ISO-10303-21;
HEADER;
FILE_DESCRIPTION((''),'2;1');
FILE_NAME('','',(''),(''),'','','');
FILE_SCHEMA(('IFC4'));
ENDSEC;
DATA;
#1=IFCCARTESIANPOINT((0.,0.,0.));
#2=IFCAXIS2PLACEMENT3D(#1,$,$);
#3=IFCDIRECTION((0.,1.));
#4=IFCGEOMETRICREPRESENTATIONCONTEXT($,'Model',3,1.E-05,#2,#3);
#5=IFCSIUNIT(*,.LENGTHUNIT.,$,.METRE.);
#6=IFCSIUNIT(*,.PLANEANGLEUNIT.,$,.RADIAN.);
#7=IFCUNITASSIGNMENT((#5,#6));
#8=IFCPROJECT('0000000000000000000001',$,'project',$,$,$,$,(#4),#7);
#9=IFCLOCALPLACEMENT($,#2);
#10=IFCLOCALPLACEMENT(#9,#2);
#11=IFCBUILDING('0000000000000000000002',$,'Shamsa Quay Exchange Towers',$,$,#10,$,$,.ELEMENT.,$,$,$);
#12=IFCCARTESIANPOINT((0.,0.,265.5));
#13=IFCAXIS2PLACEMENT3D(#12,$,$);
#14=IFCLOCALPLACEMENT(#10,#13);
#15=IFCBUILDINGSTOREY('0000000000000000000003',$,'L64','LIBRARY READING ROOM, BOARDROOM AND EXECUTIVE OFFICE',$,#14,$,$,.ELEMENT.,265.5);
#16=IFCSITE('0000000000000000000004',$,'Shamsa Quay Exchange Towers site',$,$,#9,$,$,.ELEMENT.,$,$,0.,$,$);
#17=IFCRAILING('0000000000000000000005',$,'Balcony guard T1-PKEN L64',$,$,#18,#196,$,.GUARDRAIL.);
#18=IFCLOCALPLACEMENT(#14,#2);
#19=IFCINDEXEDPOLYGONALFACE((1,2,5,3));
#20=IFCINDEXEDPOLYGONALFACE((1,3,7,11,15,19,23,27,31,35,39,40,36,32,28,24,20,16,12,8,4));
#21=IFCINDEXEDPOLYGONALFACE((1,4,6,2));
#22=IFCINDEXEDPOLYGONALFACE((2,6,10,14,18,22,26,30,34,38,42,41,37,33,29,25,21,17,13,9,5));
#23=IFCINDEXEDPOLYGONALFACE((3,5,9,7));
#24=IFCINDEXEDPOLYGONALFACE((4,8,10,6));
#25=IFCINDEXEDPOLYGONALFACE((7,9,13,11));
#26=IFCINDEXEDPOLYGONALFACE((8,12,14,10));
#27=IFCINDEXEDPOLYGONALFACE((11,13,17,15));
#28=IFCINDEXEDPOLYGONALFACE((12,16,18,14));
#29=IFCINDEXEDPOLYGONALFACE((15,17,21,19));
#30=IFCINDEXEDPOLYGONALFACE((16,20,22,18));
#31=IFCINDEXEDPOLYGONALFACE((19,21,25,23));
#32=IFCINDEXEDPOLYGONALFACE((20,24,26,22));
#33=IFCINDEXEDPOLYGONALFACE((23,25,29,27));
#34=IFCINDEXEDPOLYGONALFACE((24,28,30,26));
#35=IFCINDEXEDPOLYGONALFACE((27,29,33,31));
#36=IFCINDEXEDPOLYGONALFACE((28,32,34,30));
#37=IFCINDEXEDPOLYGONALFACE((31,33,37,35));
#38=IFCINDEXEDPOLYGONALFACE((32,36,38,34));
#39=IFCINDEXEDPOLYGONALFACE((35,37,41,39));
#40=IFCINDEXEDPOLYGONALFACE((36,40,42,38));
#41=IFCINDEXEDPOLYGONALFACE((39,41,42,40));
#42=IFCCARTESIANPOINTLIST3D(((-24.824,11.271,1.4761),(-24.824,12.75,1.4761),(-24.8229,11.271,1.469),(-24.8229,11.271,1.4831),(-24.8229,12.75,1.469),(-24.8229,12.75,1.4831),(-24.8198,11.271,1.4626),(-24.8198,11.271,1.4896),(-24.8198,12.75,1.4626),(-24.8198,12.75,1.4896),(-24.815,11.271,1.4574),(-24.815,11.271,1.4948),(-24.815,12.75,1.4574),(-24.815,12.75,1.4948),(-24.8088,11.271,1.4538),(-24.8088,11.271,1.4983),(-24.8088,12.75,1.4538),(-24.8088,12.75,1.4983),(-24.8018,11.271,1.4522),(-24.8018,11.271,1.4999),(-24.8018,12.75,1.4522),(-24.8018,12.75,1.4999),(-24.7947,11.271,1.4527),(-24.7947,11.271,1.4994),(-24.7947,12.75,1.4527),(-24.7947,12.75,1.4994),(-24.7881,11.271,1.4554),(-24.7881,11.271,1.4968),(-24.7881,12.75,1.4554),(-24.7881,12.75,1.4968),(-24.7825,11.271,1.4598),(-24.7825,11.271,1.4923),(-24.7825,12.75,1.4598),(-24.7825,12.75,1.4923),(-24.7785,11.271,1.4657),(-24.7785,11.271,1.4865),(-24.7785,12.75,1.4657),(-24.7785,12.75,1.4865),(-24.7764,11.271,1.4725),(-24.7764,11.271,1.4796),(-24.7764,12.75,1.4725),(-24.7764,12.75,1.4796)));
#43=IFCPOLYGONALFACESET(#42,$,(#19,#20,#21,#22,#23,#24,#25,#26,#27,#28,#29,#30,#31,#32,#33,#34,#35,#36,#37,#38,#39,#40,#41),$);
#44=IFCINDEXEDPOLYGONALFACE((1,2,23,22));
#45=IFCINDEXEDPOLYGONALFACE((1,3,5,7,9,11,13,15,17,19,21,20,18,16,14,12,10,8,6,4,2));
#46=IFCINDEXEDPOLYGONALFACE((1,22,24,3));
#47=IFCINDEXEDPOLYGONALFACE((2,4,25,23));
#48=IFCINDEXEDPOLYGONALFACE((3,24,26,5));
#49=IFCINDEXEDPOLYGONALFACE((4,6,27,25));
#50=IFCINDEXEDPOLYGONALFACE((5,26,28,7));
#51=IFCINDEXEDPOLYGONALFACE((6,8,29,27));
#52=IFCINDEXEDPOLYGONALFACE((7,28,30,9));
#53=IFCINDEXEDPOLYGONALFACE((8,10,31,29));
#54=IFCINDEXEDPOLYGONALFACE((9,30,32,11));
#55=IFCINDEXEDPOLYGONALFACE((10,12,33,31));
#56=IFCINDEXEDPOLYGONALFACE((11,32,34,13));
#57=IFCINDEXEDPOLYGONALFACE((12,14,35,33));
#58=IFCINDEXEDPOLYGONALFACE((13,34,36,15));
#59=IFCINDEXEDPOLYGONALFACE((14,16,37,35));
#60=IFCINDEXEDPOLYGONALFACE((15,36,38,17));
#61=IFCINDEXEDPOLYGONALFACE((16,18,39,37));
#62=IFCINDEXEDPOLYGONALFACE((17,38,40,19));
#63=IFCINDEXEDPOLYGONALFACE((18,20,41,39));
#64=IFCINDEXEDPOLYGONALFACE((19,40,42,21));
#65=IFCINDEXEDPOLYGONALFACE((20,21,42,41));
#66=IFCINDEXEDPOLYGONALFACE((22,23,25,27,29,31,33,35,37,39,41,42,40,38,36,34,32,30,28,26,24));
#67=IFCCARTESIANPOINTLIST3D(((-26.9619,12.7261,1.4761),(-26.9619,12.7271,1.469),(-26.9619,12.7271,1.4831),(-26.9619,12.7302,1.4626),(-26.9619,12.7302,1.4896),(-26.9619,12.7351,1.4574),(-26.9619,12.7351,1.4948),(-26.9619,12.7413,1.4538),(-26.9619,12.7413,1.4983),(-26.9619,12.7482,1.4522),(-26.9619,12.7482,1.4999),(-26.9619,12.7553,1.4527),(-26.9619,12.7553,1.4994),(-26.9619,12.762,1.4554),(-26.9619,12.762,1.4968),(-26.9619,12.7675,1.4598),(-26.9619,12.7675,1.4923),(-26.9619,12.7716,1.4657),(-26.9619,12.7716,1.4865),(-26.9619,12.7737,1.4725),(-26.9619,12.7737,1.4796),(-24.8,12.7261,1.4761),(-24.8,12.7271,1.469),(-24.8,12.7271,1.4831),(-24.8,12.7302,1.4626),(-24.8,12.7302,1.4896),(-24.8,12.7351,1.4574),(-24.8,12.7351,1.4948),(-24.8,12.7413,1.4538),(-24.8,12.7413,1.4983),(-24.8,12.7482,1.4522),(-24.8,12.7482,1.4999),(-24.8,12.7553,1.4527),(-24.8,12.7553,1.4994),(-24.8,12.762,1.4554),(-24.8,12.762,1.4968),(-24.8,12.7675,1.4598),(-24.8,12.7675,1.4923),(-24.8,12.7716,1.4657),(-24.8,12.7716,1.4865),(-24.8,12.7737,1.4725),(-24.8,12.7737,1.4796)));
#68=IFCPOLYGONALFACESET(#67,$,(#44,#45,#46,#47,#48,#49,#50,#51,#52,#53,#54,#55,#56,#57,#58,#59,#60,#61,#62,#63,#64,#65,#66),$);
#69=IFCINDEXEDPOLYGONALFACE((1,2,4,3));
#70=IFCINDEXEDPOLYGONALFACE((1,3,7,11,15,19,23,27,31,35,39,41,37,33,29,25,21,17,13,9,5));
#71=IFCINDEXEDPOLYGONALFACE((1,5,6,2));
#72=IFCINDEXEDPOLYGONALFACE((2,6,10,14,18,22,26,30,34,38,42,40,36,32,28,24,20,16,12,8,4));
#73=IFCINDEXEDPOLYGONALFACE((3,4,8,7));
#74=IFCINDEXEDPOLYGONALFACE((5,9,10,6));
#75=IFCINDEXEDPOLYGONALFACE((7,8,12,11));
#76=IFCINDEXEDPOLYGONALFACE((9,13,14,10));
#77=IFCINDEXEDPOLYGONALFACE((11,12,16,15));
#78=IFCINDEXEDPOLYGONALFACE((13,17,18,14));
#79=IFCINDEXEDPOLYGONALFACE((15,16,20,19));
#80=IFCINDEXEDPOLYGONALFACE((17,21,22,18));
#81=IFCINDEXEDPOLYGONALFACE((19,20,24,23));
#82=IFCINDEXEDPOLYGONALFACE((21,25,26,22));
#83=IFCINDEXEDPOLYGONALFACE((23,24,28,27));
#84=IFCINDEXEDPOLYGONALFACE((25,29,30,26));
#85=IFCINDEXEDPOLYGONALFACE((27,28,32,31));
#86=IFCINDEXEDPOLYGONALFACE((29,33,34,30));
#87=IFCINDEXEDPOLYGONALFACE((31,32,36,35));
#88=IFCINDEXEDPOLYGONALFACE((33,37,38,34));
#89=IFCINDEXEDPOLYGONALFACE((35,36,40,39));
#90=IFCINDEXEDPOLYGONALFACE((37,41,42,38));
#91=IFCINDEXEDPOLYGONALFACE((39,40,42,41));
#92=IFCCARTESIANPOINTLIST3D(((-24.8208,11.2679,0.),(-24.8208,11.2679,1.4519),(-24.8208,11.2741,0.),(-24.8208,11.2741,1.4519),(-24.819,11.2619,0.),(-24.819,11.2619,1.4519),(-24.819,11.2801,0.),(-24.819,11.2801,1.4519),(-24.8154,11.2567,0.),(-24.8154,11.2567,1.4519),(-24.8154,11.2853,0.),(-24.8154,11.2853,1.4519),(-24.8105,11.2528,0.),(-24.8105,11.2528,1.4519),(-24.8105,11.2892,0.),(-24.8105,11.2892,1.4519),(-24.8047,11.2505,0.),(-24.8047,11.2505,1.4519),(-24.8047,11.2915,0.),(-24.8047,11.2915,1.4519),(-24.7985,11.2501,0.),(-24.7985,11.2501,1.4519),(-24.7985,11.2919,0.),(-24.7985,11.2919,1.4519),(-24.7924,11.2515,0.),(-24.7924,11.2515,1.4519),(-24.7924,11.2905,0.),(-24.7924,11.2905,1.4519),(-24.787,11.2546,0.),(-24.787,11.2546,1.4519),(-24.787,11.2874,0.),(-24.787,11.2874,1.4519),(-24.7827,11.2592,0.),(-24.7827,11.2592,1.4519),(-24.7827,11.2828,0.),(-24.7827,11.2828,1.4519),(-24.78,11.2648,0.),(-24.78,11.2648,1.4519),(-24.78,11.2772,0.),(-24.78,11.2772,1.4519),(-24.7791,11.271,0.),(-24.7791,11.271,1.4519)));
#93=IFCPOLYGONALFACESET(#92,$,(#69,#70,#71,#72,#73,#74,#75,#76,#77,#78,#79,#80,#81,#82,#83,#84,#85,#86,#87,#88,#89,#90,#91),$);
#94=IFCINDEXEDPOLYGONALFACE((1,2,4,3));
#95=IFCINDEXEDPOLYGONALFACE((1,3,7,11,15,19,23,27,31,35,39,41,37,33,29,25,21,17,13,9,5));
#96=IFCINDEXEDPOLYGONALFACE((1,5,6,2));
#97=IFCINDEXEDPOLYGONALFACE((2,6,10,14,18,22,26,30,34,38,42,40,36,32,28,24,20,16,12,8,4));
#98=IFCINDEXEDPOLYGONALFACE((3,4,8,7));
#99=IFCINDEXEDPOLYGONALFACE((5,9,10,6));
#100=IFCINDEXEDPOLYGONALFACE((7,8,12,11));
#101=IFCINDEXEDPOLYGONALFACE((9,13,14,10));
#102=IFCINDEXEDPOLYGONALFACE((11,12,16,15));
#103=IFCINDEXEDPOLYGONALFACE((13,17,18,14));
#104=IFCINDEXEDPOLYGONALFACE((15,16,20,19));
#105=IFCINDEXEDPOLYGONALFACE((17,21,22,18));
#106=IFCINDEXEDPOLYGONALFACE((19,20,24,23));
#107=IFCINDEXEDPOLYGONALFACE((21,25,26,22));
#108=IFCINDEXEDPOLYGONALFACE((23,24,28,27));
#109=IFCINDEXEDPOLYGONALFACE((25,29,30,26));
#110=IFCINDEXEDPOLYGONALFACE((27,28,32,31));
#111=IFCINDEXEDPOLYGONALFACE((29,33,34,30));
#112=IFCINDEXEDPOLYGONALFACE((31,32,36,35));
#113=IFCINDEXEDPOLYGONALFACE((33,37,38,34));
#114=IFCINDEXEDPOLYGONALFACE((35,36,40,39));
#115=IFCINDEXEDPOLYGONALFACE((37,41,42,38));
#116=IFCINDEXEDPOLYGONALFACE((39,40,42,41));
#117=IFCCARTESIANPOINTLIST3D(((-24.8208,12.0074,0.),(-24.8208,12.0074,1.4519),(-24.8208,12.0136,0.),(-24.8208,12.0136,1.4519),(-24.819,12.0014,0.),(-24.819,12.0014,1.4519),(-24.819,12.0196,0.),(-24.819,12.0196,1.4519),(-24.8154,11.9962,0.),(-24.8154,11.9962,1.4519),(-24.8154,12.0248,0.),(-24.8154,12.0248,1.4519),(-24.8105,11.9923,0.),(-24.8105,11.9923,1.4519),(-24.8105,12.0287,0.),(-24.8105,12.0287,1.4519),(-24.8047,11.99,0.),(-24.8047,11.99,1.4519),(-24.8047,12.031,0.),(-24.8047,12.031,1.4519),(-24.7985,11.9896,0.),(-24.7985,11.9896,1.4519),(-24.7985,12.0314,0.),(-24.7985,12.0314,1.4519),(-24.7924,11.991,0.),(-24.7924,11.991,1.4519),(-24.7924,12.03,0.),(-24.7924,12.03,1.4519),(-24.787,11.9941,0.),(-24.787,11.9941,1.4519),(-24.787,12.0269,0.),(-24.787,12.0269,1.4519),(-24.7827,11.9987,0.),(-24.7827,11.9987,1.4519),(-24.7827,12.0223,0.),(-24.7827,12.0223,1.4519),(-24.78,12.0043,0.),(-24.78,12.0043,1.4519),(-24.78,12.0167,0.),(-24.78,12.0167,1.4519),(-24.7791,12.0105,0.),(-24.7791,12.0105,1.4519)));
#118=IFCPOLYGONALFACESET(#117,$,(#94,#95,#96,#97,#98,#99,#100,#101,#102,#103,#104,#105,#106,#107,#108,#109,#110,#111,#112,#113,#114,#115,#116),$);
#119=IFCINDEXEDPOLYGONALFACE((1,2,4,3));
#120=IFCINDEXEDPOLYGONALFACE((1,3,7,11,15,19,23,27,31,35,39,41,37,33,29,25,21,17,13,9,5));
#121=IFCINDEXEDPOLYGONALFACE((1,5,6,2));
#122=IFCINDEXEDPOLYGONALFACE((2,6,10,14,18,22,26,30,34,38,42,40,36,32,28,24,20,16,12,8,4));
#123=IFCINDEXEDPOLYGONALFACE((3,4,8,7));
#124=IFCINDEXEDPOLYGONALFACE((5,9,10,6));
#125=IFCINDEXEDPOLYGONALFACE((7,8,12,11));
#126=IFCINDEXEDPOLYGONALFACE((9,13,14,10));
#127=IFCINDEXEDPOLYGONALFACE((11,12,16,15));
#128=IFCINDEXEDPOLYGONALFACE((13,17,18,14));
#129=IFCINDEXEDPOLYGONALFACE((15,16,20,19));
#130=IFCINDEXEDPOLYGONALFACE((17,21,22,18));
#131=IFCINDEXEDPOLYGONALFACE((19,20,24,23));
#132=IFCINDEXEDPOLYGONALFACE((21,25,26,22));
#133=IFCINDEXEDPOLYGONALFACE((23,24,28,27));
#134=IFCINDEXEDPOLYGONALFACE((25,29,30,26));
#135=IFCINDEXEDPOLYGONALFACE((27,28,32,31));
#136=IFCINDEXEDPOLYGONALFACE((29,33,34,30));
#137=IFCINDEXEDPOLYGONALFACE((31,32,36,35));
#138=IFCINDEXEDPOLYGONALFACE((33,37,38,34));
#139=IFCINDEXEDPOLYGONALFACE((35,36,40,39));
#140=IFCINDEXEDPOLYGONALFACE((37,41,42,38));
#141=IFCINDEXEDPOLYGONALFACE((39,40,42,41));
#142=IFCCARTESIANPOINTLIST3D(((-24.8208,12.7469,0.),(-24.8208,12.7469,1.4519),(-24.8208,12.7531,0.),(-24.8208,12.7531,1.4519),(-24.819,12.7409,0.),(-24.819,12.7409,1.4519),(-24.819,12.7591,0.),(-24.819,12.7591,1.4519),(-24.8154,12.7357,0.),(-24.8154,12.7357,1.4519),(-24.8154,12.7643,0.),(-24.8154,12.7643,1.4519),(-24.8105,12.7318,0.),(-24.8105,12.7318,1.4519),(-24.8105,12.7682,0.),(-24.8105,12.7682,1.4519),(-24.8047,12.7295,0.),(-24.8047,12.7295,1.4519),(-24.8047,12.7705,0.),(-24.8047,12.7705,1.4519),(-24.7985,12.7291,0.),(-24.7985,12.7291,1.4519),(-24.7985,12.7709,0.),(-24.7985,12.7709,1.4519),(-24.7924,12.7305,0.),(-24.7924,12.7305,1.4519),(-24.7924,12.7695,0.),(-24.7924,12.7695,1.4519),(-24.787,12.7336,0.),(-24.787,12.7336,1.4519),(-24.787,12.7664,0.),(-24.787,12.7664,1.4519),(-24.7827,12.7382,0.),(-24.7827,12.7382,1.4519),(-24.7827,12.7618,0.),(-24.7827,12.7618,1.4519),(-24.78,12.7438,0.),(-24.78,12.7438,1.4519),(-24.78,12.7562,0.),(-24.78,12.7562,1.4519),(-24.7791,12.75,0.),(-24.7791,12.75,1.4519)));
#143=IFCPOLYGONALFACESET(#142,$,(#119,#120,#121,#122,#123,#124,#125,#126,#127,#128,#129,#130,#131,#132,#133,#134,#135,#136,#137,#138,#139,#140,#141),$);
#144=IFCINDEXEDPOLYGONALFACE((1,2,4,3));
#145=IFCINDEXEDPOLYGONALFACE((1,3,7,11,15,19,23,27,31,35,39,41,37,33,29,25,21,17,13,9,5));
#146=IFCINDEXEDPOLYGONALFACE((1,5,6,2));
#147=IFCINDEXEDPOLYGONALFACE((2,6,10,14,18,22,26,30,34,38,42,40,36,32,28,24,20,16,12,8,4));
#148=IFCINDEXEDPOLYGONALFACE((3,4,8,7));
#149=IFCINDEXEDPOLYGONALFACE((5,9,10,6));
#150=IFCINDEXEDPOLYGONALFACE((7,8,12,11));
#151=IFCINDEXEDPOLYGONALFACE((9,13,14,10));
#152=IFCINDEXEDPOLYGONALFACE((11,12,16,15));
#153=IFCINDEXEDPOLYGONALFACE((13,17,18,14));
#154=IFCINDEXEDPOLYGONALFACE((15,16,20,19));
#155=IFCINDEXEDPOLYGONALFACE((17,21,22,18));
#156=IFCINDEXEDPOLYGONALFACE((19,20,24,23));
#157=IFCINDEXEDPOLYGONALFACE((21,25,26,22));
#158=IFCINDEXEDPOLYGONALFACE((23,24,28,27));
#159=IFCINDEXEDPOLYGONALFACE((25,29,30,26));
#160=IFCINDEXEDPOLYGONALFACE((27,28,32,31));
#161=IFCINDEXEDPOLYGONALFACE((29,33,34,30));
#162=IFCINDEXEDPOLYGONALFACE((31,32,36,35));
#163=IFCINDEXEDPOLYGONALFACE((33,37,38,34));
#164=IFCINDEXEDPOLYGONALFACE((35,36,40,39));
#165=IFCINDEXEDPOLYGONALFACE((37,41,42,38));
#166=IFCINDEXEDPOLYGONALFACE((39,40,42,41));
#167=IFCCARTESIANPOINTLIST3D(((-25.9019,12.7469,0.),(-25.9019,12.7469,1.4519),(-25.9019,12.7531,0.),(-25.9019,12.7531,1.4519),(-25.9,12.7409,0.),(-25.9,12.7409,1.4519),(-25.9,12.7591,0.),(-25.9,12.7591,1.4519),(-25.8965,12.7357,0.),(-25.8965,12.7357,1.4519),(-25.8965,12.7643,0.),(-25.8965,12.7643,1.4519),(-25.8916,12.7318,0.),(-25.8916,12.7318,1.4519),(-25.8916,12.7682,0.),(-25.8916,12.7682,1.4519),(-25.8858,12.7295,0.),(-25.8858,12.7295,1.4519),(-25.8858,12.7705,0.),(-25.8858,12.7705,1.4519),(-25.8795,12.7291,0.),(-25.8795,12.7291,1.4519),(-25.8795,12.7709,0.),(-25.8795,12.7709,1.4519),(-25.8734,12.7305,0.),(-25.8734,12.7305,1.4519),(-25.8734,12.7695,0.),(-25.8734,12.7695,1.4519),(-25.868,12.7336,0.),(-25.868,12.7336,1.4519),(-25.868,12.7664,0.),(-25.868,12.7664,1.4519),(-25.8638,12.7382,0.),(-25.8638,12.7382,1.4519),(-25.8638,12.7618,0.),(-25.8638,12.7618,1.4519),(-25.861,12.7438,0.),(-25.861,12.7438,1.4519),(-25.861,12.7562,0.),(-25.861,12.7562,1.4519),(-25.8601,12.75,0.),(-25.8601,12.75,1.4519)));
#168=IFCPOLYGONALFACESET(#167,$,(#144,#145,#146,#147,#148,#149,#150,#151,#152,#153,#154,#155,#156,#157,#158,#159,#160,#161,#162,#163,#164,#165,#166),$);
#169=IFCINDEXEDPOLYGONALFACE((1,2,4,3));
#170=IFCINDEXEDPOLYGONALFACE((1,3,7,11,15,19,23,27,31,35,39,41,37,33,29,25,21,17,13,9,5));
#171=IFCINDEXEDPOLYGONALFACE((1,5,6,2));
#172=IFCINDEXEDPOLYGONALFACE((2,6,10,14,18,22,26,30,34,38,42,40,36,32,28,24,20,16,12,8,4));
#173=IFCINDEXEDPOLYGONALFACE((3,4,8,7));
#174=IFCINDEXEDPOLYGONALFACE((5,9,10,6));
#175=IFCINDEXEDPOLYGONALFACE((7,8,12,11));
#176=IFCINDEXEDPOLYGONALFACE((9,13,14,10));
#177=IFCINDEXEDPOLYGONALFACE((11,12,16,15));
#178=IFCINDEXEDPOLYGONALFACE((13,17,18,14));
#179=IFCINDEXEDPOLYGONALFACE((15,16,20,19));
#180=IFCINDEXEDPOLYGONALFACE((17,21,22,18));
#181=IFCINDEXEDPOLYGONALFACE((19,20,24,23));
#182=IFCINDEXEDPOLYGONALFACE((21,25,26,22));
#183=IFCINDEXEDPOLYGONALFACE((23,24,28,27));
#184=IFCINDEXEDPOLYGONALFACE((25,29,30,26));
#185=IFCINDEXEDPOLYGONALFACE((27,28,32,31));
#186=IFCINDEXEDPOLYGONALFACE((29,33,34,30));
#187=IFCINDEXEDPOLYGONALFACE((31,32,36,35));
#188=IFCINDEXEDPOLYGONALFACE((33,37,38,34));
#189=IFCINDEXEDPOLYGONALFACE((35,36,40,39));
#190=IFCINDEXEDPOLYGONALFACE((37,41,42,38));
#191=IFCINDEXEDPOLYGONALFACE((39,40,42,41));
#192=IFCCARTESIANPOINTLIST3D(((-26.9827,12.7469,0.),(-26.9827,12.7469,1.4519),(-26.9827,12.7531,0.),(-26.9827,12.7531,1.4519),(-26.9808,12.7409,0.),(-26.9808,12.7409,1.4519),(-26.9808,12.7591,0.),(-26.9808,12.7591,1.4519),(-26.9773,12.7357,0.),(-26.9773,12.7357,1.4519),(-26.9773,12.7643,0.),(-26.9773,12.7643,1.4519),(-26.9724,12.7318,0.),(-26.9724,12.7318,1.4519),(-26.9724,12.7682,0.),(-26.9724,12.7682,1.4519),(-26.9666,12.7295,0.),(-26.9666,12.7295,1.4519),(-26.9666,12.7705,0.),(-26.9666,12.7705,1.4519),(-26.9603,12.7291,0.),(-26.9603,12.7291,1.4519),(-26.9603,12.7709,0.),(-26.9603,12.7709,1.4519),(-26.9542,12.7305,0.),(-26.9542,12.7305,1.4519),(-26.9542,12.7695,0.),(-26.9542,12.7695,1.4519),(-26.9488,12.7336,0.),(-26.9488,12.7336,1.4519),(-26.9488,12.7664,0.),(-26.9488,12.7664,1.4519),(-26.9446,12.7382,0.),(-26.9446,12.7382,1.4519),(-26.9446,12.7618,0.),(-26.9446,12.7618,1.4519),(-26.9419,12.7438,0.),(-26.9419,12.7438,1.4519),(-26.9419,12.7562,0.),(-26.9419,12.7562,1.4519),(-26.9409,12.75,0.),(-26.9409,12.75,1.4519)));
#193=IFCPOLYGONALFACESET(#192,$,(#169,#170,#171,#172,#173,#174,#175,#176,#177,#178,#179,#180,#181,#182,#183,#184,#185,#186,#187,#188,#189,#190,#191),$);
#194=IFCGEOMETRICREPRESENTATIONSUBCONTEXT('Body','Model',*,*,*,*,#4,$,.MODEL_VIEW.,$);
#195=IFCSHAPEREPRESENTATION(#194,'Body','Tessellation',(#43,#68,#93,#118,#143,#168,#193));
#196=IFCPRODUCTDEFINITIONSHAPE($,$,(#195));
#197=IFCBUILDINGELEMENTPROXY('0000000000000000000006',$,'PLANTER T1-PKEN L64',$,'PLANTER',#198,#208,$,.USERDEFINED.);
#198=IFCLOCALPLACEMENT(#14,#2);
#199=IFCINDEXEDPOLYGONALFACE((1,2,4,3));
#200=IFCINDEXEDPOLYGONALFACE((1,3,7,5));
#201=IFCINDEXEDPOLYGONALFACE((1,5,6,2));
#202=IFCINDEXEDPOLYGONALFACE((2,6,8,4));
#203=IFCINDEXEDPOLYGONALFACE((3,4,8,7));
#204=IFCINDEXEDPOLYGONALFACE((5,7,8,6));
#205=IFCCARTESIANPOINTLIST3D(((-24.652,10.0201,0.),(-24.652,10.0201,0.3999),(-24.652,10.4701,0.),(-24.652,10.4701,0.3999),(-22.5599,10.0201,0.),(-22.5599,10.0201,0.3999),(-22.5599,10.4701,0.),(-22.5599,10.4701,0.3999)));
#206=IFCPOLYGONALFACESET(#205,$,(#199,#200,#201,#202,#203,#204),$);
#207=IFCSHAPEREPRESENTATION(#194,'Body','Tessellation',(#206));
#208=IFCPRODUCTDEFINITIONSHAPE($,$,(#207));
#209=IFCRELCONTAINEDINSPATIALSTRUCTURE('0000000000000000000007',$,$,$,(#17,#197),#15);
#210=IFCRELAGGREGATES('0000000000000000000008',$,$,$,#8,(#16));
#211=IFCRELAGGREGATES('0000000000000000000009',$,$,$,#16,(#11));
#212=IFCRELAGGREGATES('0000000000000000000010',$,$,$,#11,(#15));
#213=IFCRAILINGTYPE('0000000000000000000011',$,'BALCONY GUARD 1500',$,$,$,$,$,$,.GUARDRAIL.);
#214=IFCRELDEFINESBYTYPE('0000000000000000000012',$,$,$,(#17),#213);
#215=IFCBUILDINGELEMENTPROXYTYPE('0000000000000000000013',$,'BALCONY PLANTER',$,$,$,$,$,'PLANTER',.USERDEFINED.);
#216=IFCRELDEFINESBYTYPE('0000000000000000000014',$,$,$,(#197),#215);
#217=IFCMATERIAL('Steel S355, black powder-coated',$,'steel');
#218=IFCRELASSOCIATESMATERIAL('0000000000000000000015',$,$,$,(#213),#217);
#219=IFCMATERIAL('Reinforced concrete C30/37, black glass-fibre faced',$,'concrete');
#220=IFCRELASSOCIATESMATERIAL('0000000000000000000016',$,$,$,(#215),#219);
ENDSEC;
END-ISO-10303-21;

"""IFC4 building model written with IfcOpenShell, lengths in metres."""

from ifc_helpers import new_model, si_unit, direction, frame, origin, origin_2d, place, context, subcontext, project, spatial, rectangle, circle, extrude, material, type_object, element, save


model = new_model("IFC4")

# Units and contexts
model_context = context("Model", 3, precision=1e-05, world=origin(), true_north=direction((0.0, 1.0)))
body_context = subcontext(model_context, "Body", "Model", "MODEL_VIEW")
ifc_project = project(units=[si_unit("LENGTHUNIT", "METRE"), si_unit("PLANEANGLEUNIT", "RADIAN")], contexts=[model_context])

# Site, building, storey
site_placement = place(None, origin())
site = spatial("IfcSite", under=ifc_project, at=site_placement, Name="Shamsa Quay Exchange Towers site", CompositionType="ELEMENT", RefElevation=0.0)
building_placement = place(site_placement, origin())
building = spatial("IfcBuilding", under=site, at=building_placement, Name="Shamsa Quay Exchange Towers", CompositionType="ELEMENT")
storey_placement = place(building_placement, frame((0.0, 0.0, 265.5)))
storey = spatial("IfcBuildingStorey", under=building, at=storey_placement, Name="L64", Description="LIBRARY READING ROOM, BOARDROOM AND EXECUTIVE OFFICE", CompositionType="ELEMENT", Elevation=265.5)

# Railing
ifc_material_1 = material(Name="Steel S355, black powder-coated", Category="steel")
railing_type = type_object("IfcRailingType", Name="BALCONY GUARD 1500", PredefinedType="GUARDRAIL", material=ifc_material_1)
for number, where, name in (
    (1, (-24.8, 11.271, 0.0), "Balcony guard T1-PKEN L64"),
):
    element("IfcRailing", number, at=place(storey_placement, frame(where)), inside=storey, type_object=railing_type, Name=name, PredefinedType="GUARDRAIL", context=body_context, shape_type="SweptSolid", body=[
        extrude(circle(Radius=0.0239, at=origin_2d()), frame((0.0, 0.0, 1.4761), z_axis=(0.0, 1.0, 0.0), x_axis=(-1.0, 0.0, 0.0)), (0.0, 0.0, 1.0), 1.479),
        extrude(circle(Radius=0.0239, at=origin_2d()), frame((0.0, 1.479, 1.4761), z_axis=(-1.0, 0.0, 0.0), x_axis=(0.0, -1.0, 0.0)), (0.0, 0.0, 1.0), 2.1619),
        extrude(circle(Radius=0.021, at=origin_2d()), origin(), (0.0, 0.0, 1.0), 1.4519),
        extrude(circle(Radius=0.021, at=origin_2d()), frame((0.0, 0.7395, 0.0)), (0.0, 0.0, 1.0), 1.4519),
        extrude(circle(Radius=0.021, at=origin_2d()), frame((0.0, 1.479, 0.0)), (0.0, 0.0, 1.0), 1.4519),
        extrude(circle(Radius=0.021, at=origin_2d()), frame((-1.0811, 1.479, 0.0)), (0.0, 0.0, 1.0), 1.4519),
        extrude(circle(Radius=0.021, at=origin_2d()), frame((-2.1619, 1.479, 0.0)), (0.0, 0.0, 1.0), 1.4519),
    ])

# Building element proxy
ifc_material_2 = material(Name="Reinforced concrete C30/37, black glass-fibre faced", Category="concrete")
building_element_proxy_type = type_object("IfcBuildingElementProxyType", Name="BALCONY PLANTER", ElementType="PLANTER", PredefinedType="USERDEFINED", material=ifc_material_2)
proxy_placement = place(storey_placement, frame((-23.606, 10.2451, 0.0), z_axis=(0.0, 0.0, 1.0), x_axis=(-1.0, 0.0, 0.0)))
element("IfcBuildingElementProxy", 2, at=proxy_placement, inside=storey, type_object=building_element_proxy_type, Name="PLANTER T1-PKEN L64", ObjectType="PLANTER", PredefinedType="USERDEFINED", context=body_context, shape_type="SweptSolid", body=[
    extrude(rectangle(XDim=2.092, YDim=0.45, at=origin_2d()), origin(), (0.0, 0.0, 1.0), 0.3999),
])

save(model, "model.ifc")
